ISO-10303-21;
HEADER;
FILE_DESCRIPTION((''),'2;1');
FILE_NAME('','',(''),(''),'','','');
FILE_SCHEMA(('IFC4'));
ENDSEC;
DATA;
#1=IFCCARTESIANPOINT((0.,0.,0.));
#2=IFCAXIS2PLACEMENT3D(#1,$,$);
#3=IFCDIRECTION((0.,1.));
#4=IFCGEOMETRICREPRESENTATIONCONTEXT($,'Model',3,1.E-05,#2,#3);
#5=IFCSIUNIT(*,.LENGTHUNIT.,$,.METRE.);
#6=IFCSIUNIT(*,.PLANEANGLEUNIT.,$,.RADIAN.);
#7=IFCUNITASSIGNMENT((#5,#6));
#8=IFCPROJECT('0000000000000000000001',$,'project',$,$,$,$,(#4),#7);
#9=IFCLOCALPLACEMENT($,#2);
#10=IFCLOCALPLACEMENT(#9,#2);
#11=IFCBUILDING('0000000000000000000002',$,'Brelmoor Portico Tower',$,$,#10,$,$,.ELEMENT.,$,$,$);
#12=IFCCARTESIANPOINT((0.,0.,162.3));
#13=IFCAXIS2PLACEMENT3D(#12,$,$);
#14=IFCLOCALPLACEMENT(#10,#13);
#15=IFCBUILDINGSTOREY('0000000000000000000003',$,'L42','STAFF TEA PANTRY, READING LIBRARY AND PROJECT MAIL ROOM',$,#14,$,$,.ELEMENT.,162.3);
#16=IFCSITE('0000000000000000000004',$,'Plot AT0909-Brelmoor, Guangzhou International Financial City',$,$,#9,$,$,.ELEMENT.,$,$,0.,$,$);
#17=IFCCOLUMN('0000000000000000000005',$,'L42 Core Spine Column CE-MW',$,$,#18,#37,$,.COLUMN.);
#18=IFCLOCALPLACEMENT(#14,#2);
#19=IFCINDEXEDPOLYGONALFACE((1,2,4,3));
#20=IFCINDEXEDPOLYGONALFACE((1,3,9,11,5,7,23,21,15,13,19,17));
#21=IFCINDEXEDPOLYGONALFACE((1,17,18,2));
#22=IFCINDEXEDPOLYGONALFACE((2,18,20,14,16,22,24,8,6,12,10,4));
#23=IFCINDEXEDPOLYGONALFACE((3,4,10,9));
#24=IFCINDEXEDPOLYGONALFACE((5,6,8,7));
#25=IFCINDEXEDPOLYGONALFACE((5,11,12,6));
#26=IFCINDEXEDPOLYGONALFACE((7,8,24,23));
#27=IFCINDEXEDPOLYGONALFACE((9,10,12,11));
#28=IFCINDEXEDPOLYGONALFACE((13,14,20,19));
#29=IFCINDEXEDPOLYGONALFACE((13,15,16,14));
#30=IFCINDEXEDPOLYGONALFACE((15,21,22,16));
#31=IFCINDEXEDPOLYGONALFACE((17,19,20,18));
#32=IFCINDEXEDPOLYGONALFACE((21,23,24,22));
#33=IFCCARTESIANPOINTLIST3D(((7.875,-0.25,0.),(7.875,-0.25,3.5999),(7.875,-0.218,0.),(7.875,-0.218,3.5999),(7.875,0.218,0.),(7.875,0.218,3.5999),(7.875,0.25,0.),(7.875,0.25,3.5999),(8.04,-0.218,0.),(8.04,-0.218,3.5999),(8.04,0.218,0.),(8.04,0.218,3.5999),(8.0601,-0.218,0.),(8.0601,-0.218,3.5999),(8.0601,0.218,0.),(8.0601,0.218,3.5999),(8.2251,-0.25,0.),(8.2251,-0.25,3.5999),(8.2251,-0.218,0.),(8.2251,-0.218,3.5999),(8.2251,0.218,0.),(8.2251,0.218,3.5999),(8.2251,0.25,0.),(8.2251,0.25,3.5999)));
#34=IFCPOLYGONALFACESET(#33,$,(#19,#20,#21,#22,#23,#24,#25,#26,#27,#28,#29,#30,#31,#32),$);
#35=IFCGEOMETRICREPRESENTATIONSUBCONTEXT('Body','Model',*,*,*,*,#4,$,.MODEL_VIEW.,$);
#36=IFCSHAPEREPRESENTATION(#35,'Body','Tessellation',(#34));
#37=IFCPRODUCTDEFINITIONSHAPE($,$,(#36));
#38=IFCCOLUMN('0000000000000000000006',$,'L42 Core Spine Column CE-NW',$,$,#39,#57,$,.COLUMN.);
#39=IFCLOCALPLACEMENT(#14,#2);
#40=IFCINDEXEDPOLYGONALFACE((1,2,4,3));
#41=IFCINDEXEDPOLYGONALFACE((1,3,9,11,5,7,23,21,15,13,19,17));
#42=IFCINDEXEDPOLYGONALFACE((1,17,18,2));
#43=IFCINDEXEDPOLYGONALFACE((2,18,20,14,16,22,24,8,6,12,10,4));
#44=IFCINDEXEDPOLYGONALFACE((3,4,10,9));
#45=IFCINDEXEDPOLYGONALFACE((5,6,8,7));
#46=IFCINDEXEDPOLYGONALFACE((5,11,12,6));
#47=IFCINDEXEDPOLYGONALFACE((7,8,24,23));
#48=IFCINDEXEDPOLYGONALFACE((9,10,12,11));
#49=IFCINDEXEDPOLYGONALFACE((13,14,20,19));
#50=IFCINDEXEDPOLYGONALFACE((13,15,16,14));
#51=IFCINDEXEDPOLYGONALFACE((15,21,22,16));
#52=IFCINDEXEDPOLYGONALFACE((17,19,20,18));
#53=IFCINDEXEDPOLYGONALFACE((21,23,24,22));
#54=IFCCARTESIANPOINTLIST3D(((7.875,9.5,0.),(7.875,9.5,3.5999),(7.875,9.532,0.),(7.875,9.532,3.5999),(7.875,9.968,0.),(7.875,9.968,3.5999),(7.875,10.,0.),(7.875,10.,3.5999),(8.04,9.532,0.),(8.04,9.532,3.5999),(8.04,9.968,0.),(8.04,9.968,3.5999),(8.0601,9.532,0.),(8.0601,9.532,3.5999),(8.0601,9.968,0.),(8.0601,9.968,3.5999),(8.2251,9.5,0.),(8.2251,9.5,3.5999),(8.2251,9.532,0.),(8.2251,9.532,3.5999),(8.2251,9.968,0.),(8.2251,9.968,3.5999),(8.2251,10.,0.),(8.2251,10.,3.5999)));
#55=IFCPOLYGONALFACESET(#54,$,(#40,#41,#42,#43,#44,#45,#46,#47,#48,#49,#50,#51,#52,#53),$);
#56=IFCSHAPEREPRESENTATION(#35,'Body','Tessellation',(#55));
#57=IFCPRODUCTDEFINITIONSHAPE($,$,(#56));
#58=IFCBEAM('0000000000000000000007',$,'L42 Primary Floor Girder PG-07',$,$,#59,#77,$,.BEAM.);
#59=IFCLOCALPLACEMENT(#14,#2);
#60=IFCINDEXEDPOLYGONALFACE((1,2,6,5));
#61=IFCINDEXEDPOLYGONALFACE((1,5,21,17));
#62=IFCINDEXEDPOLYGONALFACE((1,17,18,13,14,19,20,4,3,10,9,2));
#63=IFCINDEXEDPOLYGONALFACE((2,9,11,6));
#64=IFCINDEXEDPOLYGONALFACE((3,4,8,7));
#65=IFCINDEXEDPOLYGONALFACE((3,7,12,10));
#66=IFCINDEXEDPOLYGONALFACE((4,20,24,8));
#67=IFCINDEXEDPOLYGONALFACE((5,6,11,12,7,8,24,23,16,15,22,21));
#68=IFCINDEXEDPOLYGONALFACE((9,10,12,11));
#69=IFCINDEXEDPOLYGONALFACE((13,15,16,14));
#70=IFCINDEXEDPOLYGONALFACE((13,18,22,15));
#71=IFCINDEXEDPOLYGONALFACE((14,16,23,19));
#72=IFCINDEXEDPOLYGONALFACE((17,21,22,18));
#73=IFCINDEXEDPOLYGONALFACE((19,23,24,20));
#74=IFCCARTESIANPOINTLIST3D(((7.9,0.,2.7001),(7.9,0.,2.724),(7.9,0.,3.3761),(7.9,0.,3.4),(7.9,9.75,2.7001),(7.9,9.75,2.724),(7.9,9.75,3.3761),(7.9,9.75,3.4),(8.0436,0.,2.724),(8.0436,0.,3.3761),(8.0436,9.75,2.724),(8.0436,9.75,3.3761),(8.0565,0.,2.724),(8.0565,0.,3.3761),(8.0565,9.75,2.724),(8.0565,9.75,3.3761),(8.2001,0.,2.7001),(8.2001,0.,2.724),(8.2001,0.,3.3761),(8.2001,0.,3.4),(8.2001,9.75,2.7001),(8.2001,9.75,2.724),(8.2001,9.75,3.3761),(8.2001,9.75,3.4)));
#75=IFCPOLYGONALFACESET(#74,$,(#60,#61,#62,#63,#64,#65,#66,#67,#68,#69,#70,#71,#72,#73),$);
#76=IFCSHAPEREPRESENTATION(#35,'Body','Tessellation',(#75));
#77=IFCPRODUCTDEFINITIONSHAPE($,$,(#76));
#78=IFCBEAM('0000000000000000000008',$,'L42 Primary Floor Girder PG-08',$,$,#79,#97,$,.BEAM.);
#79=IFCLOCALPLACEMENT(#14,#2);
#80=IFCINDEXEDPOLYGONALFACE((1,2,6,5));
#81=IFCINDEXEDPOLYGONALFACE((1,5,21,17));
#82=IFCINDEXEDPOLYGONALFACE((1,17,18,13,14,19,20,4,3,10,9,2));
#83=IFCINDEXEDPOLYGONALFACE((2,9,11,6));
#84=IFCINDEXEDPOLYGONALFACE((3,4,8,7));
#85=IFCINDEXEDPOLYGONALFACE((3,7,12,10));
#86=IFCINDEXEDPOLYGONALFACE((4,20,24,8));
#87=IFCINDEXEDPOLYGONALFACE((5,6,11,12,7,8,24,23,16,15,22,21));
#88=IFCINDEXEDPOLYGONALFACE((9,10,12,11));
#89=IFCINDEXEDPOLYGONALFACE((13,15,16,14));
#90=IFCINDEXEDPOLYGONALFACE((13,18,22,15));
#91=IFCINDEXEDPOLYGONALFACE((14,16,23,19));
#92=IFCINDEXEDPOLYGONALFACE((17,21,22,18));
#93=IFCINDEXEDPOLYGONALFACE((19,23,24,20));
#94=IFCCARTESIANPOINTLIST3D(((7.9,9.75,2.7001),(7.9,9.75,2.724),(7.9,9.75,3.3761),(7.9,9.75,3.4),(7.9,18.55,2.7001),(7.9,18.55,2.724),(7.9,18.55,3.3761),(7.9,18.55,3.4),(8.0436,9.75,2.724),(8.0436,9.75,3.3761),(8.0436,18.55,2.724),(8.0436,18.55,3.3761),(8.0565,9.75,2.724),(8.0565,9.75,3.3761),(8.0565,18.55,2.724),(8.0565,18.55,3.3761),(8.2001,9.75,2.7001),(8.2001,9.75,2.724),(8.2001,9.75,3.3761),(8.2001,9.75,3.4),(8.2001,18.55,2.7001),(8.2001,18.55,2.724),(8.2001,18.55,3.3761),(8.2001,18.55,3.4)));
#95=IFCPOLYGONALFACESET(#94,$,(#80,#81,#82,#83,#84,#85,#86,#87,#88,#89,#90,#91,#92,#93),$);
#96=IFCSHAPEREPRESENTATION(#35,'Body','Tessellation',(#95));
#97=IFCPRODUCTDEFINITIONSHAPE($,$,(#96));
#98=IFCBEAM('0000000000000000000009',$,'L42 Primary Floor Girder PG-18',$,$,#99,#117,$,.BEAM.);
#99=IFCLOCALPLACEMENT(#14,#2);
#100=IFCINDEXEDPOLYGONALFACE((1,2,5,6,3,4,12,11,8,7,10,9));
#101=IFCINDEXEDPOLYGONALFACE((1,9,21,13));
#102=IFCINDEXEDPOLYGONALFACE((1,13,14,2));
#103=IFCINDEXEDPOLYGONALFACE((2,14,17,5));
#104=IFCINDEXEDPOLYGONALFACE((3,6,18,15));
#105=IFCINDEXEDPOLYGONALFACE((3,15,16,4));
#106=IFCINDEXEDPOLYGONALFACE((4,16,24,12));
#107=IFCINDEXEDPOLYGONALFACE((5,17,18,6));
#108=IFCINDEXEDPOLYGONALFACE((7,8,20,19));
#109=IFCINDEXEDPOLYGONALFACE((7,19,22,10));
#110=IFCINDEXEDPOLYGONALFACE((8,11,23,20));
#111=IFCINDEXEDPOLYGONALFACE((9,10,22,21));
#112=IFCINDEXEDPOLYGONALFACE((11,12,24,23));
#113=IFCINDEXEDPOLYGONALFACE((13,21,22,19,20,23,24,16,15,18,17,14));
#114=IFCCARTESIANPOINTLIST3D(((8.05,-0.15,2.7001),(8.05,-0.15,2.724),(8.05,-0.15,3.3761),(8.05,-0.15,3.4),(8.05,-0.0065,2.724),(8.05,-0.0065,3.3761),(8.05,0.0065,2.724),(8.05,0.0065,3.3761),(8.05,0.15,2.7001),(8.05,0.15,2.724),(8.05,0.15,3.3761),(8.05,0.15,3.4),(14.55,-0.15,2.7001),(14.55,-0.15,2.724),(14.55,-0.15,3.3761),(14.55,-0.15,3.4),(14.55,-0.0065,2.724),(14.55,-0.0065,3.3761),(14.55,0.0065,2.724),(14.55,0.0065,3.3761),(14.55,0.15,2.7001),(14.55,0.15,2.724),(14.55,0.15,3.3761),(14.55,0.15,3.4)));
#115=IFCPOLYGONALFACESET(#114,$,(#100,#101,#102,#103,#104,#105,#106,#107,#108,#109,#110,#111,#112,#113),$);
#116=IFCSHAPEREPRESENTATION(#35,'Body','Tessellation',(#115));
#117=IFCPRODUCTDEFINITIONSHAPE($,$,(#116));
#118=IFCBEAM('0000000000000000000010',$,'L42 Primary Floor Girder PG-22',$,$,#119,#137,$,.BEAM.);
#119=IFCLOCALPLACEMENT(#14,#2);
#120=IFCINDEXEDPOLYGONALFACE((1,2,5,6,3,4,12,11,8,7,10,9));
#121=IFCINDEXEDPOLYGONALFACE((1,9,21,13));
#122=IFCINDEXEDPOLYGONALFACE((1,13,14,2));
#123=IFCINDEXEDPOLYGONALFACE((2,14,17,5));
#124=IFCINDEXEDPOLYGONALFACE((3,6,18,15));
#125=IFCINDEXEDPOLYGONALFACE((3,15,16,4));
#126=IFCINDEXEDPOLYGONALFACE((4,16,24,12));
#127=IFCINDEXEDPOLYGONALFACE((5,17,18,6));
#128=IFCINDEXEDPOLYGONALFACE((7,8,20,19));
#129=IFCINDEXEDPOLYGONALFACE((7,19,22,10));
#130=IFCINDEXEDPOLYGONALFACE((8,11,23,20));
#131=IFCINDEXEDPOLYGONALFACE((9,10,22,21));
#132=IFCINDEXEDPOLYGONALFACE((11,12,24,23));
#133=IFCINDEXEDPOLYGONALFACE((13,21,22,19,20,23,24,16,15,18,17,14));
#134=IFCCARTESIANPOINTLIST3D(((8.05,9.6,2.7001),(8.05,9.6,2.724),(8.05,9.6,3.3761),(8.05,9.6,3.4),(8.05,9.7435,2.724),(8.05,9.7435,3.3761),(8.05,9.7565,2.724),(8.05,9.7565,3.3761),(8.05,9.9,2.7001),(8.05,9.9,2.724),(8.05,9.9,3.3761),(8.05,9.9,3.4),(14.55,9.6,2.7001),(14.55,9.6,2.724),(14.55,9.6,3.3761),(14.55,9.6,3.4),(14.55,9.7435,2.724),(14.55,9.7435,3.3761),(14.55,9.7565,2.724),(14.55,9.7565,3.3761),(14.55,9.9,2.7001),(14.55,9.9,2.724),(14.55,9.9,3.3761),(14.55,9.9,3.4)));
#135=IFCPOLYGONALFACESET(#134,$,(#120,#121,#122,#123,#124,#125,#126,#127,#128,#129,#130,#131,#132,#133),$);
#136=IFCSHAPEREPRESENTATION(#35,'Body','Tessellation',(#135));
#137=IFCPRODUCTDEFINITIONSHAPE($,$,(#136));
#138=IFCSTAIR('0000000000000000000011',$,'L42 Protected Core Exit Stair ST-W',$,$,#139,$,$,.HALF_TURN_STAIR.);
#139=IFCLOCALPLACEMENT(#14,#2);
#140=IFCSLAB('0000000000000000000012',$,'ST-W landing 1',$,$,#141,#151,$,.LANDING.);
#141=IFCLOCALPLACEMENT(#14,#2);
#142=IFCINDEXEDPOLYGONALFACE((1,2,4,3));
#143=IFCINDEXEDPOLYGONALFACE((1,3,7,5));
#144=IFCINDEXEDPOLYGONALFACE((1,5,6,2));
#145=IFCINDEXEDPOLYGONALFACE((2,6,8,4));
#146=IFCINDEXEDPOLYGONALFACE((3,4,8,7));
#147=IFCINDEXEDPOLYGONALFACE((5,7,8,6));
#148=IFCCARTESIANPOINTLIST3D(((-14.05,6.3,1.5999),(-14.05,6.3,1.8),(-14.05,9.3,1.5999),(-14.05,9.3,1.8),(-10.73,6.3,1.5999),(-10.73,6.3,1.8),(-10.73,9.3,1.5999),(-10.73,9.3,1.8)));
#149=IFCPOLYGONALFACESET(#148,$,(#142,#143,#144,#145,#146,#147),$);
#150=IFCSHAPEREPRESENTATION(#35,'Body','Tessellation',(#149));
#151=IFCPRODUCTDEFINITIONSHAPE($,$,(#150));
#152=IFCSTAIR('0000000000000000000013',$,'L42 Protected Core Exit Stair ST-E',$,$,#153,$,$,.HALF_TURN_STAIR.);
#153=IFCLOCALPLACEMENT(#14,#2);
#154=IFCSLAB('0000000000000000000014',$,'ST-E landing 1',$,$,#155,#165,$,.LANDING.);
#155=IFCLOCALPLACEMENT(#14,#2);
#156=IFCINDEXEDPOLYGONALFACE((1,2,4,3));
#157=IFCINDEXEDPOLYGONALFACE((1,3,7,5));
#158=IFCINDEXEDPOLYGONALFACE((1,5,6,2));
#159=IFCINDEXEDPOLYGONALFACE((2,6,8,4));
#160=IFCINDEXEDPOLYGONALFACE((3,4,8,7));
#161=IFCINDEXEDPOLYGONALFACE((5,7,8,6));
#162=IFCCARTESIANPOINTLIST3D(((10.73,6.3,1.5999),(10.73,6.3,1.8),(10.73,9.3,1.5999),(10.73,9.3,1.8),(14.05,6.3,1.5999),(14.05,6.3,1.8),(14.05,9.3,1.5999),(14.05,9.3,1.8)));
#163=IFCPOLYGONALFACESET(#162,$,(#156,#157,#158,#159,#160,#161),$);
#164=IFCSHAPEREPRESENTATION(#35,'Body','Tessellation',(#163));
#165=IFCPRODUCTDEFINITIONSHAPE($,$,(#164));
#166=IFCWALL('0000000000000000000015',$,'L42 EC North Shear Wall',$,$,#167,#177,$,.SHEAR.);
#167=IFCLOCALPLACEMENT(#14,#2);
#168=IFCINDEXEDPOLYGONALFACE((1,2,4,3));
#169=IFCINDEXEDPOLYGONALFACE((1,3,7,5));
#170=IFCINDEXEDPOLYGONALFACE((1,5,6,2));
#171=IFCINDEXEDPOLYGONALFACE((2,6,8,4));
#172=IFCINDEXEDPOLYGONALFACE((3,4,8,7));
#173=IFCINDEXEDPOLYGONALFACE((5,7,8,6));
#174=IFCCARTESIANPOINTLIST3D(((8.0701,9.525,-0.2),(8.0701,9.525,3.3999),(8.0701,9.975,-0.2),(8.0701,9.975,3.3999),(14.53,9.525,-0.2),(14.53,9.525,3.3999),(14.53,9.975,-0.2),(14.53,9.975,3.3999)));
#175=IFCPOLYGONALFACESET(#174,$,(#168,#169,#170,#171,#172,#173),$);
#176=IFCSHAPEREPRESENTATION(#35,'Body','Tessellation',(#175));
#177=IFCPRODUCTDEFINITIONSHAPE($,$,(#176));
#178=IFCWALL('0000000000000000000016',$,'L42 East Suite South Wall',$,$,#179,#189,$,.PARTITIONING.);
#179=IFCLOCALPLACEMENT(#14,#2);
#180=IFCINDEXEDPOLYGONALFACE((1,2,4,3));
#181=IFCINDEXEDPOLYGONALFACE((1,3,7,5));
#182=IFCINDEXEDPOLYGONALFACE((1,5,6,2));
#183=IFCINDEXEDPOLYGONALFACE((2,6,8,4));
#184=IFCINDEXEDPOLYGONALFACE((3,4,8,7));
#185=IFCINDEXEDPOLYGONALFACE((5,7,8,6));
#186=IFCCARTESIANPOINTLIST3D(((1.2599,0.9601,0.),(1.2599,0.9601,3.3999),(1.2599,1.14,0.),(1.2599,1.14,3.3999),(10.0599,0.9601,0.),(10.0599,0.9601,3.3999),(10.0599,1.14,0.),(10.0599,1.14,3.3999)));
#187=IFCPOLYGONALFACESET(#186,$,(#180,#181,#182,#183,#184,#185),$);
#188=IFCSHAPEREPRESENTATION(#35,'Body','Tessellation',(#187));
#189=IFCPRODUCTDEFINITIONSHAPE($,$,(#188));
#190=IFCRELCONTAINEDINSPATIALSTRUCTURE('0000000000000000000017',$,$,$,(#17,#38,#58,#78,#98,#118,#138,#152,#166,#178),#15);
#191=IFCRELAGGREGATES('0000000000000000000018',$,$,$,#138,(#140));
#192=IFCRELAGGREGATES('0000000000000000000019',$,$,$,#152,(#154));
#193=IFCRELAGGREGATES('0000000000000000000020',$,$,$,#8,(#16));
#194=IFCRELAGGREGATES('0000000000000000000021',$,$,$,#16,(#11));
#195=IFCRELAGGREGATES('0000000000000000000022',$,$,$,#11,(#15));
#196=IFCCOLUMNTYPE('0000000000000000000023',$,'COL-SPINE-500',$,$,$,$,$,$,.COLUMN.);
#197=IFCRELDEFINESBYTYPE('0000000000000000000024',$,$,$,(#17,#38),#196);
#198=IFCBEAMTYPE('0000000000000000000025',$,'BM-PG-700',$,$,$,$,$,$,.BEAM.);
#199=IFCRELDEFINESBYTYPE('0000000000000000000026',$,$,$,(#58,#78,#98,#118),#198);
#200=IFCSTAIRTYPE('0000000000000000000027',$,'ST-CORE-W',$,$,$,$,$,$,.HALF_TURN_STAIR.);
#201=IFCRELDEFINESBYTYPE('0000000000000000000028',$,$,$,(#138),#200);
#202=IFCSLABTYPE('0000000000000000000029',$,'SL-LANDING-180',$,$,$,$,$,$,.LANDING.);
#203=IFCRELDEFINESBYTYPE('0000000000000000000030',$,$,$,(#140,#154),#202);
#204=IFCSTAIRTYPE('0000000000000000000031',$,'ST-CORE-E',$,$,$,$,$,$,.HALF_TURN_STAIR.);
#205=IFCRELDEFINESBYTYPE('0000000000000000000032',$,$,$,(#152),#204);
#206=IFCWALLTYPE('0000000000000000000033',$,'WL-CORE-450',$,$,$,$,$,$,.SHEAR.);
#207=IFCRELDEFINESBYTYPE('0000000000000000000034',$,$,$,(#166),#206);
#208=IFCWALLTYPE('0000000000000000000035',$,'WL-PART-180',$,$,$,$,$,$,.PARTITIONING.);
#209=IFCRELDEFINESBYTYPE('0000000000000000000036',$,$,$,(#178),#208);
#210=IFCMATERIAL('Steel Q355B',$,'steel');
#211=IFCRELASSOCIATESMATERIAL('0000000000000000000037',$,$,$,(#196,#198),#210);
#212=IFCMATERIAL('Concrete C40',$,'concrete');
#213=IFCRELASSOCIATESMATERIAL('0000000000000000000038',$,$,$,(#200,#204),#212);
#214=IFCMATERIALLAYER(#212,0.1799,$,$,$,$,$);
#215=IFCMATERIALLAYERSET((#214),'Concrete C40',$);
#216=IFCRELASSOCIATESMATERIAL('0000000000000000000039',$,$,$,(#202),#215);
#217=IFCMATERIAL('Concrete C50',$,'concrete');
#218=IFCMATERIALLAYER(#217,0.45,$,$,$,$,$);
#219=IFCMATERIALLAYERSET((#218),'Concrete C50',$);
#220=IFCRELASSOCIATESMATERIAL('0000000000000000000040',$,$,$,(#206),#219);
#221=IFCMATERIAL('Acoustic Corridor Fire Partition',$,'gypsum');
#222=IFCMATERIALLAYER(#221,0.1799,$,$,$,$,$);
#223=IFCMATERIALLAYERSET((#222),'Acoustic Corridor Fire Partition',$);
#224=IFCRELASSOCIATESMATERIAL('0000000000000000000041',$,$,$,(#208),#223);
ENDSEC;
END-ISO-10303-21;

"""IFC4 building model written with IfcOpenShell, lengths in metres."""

from ifc_helpers import new_model, si_unit, direction, frame, frame_2d, origin, origin_2d, place, context, subcontext, project, spatial, polyline, rectangle, i_section, outline, extrude, material, layer, layer_set, material_profile, profile_set, type_object, element, aggregate, save


model = new_model("IFC4")

# Units and contexts
model_context = context("Model", 3, precision=1e-05, world=origin(), true_north=direction((0.0, 1.0)))
body_context = subcontext(model_context, "Body", "Model", "MODEL_VIEW")
ifc_project = project(units=[si_unit("LENGTHUNIT", "METRE"), si_unit("PLANEANGLEUNIT", "RADIAN")], contexts=[model_context])

# Site, building, storey
site_placement = place(None, origin())
site = spatial("IfcSite", under=ifc_project, at=site_placement, Name="Plot AT0909-Brelmoor, Guangzhou International Financial City", CompositionType="ELEMENT", RefElevation=0.0)
building_placement = place(site_placement, origin())
building = spatial("IfcBuilding", under=site, at=building_placement, Name="Brelmoor Portico Tower", CompositionType="ELEMENT")
storey_placement = place(building_placement, frame((0.0, 0.0, 162.3)))
storey = spatial("IfcBuildingStorey", under=building, at=storey_placement, Name="L42", Description="STAFF TEA PANTRY, READING LIBRARY AND PROJECT MAIL ROOM", CompositionType="ELEMENT", Elevation=162.3)

# Columns
ifc_material_1 = material(Name="Steel Q355B", Category="steel")
ifc_material_profile_1 = material_profile(ifc_material_1, i_section(OverallWidth=0.3501, OverallDepth=0.5, WebThickness=0.02, FlangeThickness=0.032, at=origin_2d()), Name="HW 500x350x20x32")
ifc_profile_set_1 = profile_set([ifc_material_profile_1], Name="Steel Q355B")
column_type = type_object("IfcColumnType", Name="COL-SPINE-500", PredefinedType="COLUMN", material=ifc_profile_set_1)
for number, where, z_axis, x_axis, name in (
    (1, (8.05, 0.0, 0.0), (0.0, 0.0, 1.0), (1.0, 0.0, 0.0), "L42 Core Spine Column CE-MW"),
    (2, (8.05, 9.75, 0.0), (0.0, 0.0, 1.0), (1.0, 0.0, 0.0), "L42 Core Spine Column CE-NW"),
):
    element("IfcColumn", number, at=place(storey_placement, frame(where, z_axis=z_axis, x_axis=x_axis)), inside=storey, type_object=column_type, Name=name, PredefinedType="COLUMN", context=body_context, shape_type="SweptSolid", body=[
        extrude(i_section(OverallWidth=0.3501, OverallDepth=0.5, WebThickness=0.02, FlangeThickness=0.032, at=origin_2d()), origin(), (0.0, 0.0, 1.0), 3.5999),
    ])

# Beams
ifc_material_profile_2 = material_profile(ifc_material_1, i_section(OverallWidth=0.3, OverallDepth=0.7, WebThickness=0.0129, FlangeThickness=0.0239, at=origin_2d()), Name="HN 700x300x13x24")
ifc_profile_set_2 = profile_set([ifc_material_profile_2], Name="Steel Q355B")
beam_type = type_object("IfcBeamType", Name="BM-PG-700", PredefinedType="BEAM", material=ifc_profile_set_2)
beam_1_placement = place(storey_placement, frame((8.05, 0.0, 3.05), z_axis=(0.0, 1.0, 0.0), x_axis=(-1.0, 0.0, 0.0)))
element("IfcBeam", 3, at=beam_1_placement, inside=storey, type_object=beam_type, Name="L42 Primary Floor Girder PG-07", PredefinedType="BEAM", context=body_context, shape_type="SweptSolid", body=[
    extrude(i_section(OverallWidth=0.3, OverallDepth=0.7, WebThickness=0.0129, FlangeThickness=0.0239, at=origin_2d()), origin(), (0.0, 0.0, 1.0), 9.75),
])
beam_2_placement = place(storey_placement, frame((8.05, 9.75, 3.05), z_axis=(0.0, 1.0, 0.0), x_axis=(-1.0, 0.0, 0.0)))
element("IfcBeam", 4, at=beam_2_placement, inside=storey, type_object=beam_type, Name="L42 Primary Floor Girder PG-08", PredefinedType="BEAM", context=body_context, shape_type="SweptSolid", body=[
    extrude(i_section(OverallWidth=0.3, OverallDepth=0.7, WebThickness=0.0129, FlangeThickness=0.0239, at=origin_2d()), origin(), (0.0, 0.0, 1.0), 8.8),
])
for number, where, z_axis, x_axis, name in (
    (5, (8.05, 0.0, 3.05), (1.0, 0.0, 0.0), (0.0, 1.0, 0.0), "L42 Primary Floor Girder PG-18"),
    (6, (8.05, 9.75, 3.05), (1.0, 0.0, 0.0), (0.0, 1.0, 0.0), "L42 Primary Floor Girder PG-22"),
):
    element("IfcBeam", number, at=place(storey_placement, frame(where, z_axis=z_axis, x_axis=x_axis)), inside=storey, type_object=beam_type, Name=name, PredefinedType="BEAM", context=body_context, shape_type="SweptSolid", body=[
        extrude(i_section(OverallWidth=0.3, OverallDepth=0.7, WebThickness=0.0129, FlangeThickness=0.0239, at=origin_2d()), origin(), (0.0, 0.0, 1.0), 6.5),
    ])

# Stairs, slabs
ifc_material_2 = material(Name="Concrete C40", Category="concrete")
stair_type_1 = type_object("IfcStairType", Name="ST-CORE-W", PredefinedType="HALF_TURN_STAIR", material=ifc_material_2)
stair_1_placement = place(storey_placement, origin())
stair_1 = element("IfcStair", 7, at=stair_1_placement, inside=storey, type_object=stair_type_1, Name="L42 Protected Core Exit Stair ST-W", PredefinedType="HALF_TURN_STAIR")
ifc_layer_1 = layer(ifc_material_2, 0.1799)
ifc_layer_set_1 = layer_set([ifc_layer_1], Name="Concrete C40")
slab_type = type_object("IfcSlabType", Name="SL-LANDING-180", PredefinedType="LANDING", material=ifc_layer_set_1)
slab_1_placement = place(storey_placement, frame((0.0, 0.0, 1.5999)))
slab_1 = element("IfcSlab", 8, at=slab_1_placement, type_object=slab_type, Name="ST-W landing 1", PredefinedType="LANDING", context=body_context, shape_type="SweptSolid", body=[
    extrude(outline(polyline([(-10.73, 6.3), (-10.73, 9.3), (-14.05, 9.3), (-14.05, 6.3), (-10.73, 6.3)])), origin(), (0.0, 0.0, 1.0), 0.2002),
])
aggregate(stair_1, [slab_1])
stair_type_2 = type_object("IfcStairType", Name="ST-CORE-E", PredefinedType="HALF_TURN_STAIR", material=ifc_material_2)
stair_2_placement = place(storey_placement, origin())
stair_2 = element("IfcStair", 9, at=stair_2_placement, inside=storey, type_object=stair_type_2, Name="L42 Protected Core Exit Stair ST-E", PredefinedType="HALF_TURN_STAIR")
slab_2_placement = place(storey_placement, frame((0.0, 0.0, 1.5999)))
slab_2 = element("IfcSlab", 10, at=slab_2_placement, type_object=slab_type, Name="ST-E landing 1", PredefinedType="LANDING", context=body_context, shape_type="SweptSolid", body=[
    extrude(outline(polyline([(14.05, 6.3), (14.05, 9.3), (10.73, 9.3), (10.73, 6.3), (14.05, 6.3)])), origin(), (0.0, 0.0, 1.0), 0.2002),
])

# Walls
ifc_material_3 = material(Name="Concrete C50", Category="concrete")
ifc_layer_2 = layer(ifc_material_3, 0.45)
ifc_layer_set_2 = layer_set([ifc_layer_2], Name="Concrete C50")
wall_type_1 = type_object("IfcWallType", Name="WL-CORE-450", PredefinedType="SHEAR", material=ifc_layer_set_2)
wall_1_placement = place(storey_placement, frame((8.0701, 9.75, -0.2), z_axis=(0.0, 0.0, 1.0), x_axis=(1.0, 0.0, 0.0)))
element("IfcWall", 11, at=wall_1_placement, inside=storey, type_object=wall_type_1, Name="L42 EC North Shear Wall", PredefinedType="SHEAR", context=body_context, shape_type="SweptSolid", body=[
    extrude(rectangle(XDim=6.46, YDim=0.45, at=frame_2d((3.23, 0.0))), origin(), (0.0, 0.0, 1.0), 3.5999),
])
ifc_material_4 = material(Name="Acoustic Corridor Fire Partition", Category="gypsum")
ifc_layer_3 = layer(ifc_material_4, 0.1799)
ifc_layer_set_3 = layer_set([ifc_layer_3], Name="Acoustic Corridor Fire Partition")
wall_type_2 = type_object("IfcWallType", Name="WL-PART-180", PredefinedType="PARTITIONING", material=ifc_layer_set_3)
wall_2_placement = place(storey_placement, frame((1.26, 1.05, 0.0), z_axis=(0.0, 0.0, 1.0), x_axis=(1.0, 0.0, 0.0)))
element("IfcWall", 12, at=wall_2_placement, inside=storey, type_object=wall_type_2, Name="L42 East Suite South Wall", PredefinedType="PARTITIONING", context=body_context, shape_type="SweptSolid", body=[
    extrude(rectangle(XDim=8.8, YDim=0.1799, at=frame_2d((4.3999, 0.0))), origin(), (0.0, 0.0, 1.0), 3.3999),
])

aggregate(stair_2, [slab_2])

save(model, "model.ifc")
